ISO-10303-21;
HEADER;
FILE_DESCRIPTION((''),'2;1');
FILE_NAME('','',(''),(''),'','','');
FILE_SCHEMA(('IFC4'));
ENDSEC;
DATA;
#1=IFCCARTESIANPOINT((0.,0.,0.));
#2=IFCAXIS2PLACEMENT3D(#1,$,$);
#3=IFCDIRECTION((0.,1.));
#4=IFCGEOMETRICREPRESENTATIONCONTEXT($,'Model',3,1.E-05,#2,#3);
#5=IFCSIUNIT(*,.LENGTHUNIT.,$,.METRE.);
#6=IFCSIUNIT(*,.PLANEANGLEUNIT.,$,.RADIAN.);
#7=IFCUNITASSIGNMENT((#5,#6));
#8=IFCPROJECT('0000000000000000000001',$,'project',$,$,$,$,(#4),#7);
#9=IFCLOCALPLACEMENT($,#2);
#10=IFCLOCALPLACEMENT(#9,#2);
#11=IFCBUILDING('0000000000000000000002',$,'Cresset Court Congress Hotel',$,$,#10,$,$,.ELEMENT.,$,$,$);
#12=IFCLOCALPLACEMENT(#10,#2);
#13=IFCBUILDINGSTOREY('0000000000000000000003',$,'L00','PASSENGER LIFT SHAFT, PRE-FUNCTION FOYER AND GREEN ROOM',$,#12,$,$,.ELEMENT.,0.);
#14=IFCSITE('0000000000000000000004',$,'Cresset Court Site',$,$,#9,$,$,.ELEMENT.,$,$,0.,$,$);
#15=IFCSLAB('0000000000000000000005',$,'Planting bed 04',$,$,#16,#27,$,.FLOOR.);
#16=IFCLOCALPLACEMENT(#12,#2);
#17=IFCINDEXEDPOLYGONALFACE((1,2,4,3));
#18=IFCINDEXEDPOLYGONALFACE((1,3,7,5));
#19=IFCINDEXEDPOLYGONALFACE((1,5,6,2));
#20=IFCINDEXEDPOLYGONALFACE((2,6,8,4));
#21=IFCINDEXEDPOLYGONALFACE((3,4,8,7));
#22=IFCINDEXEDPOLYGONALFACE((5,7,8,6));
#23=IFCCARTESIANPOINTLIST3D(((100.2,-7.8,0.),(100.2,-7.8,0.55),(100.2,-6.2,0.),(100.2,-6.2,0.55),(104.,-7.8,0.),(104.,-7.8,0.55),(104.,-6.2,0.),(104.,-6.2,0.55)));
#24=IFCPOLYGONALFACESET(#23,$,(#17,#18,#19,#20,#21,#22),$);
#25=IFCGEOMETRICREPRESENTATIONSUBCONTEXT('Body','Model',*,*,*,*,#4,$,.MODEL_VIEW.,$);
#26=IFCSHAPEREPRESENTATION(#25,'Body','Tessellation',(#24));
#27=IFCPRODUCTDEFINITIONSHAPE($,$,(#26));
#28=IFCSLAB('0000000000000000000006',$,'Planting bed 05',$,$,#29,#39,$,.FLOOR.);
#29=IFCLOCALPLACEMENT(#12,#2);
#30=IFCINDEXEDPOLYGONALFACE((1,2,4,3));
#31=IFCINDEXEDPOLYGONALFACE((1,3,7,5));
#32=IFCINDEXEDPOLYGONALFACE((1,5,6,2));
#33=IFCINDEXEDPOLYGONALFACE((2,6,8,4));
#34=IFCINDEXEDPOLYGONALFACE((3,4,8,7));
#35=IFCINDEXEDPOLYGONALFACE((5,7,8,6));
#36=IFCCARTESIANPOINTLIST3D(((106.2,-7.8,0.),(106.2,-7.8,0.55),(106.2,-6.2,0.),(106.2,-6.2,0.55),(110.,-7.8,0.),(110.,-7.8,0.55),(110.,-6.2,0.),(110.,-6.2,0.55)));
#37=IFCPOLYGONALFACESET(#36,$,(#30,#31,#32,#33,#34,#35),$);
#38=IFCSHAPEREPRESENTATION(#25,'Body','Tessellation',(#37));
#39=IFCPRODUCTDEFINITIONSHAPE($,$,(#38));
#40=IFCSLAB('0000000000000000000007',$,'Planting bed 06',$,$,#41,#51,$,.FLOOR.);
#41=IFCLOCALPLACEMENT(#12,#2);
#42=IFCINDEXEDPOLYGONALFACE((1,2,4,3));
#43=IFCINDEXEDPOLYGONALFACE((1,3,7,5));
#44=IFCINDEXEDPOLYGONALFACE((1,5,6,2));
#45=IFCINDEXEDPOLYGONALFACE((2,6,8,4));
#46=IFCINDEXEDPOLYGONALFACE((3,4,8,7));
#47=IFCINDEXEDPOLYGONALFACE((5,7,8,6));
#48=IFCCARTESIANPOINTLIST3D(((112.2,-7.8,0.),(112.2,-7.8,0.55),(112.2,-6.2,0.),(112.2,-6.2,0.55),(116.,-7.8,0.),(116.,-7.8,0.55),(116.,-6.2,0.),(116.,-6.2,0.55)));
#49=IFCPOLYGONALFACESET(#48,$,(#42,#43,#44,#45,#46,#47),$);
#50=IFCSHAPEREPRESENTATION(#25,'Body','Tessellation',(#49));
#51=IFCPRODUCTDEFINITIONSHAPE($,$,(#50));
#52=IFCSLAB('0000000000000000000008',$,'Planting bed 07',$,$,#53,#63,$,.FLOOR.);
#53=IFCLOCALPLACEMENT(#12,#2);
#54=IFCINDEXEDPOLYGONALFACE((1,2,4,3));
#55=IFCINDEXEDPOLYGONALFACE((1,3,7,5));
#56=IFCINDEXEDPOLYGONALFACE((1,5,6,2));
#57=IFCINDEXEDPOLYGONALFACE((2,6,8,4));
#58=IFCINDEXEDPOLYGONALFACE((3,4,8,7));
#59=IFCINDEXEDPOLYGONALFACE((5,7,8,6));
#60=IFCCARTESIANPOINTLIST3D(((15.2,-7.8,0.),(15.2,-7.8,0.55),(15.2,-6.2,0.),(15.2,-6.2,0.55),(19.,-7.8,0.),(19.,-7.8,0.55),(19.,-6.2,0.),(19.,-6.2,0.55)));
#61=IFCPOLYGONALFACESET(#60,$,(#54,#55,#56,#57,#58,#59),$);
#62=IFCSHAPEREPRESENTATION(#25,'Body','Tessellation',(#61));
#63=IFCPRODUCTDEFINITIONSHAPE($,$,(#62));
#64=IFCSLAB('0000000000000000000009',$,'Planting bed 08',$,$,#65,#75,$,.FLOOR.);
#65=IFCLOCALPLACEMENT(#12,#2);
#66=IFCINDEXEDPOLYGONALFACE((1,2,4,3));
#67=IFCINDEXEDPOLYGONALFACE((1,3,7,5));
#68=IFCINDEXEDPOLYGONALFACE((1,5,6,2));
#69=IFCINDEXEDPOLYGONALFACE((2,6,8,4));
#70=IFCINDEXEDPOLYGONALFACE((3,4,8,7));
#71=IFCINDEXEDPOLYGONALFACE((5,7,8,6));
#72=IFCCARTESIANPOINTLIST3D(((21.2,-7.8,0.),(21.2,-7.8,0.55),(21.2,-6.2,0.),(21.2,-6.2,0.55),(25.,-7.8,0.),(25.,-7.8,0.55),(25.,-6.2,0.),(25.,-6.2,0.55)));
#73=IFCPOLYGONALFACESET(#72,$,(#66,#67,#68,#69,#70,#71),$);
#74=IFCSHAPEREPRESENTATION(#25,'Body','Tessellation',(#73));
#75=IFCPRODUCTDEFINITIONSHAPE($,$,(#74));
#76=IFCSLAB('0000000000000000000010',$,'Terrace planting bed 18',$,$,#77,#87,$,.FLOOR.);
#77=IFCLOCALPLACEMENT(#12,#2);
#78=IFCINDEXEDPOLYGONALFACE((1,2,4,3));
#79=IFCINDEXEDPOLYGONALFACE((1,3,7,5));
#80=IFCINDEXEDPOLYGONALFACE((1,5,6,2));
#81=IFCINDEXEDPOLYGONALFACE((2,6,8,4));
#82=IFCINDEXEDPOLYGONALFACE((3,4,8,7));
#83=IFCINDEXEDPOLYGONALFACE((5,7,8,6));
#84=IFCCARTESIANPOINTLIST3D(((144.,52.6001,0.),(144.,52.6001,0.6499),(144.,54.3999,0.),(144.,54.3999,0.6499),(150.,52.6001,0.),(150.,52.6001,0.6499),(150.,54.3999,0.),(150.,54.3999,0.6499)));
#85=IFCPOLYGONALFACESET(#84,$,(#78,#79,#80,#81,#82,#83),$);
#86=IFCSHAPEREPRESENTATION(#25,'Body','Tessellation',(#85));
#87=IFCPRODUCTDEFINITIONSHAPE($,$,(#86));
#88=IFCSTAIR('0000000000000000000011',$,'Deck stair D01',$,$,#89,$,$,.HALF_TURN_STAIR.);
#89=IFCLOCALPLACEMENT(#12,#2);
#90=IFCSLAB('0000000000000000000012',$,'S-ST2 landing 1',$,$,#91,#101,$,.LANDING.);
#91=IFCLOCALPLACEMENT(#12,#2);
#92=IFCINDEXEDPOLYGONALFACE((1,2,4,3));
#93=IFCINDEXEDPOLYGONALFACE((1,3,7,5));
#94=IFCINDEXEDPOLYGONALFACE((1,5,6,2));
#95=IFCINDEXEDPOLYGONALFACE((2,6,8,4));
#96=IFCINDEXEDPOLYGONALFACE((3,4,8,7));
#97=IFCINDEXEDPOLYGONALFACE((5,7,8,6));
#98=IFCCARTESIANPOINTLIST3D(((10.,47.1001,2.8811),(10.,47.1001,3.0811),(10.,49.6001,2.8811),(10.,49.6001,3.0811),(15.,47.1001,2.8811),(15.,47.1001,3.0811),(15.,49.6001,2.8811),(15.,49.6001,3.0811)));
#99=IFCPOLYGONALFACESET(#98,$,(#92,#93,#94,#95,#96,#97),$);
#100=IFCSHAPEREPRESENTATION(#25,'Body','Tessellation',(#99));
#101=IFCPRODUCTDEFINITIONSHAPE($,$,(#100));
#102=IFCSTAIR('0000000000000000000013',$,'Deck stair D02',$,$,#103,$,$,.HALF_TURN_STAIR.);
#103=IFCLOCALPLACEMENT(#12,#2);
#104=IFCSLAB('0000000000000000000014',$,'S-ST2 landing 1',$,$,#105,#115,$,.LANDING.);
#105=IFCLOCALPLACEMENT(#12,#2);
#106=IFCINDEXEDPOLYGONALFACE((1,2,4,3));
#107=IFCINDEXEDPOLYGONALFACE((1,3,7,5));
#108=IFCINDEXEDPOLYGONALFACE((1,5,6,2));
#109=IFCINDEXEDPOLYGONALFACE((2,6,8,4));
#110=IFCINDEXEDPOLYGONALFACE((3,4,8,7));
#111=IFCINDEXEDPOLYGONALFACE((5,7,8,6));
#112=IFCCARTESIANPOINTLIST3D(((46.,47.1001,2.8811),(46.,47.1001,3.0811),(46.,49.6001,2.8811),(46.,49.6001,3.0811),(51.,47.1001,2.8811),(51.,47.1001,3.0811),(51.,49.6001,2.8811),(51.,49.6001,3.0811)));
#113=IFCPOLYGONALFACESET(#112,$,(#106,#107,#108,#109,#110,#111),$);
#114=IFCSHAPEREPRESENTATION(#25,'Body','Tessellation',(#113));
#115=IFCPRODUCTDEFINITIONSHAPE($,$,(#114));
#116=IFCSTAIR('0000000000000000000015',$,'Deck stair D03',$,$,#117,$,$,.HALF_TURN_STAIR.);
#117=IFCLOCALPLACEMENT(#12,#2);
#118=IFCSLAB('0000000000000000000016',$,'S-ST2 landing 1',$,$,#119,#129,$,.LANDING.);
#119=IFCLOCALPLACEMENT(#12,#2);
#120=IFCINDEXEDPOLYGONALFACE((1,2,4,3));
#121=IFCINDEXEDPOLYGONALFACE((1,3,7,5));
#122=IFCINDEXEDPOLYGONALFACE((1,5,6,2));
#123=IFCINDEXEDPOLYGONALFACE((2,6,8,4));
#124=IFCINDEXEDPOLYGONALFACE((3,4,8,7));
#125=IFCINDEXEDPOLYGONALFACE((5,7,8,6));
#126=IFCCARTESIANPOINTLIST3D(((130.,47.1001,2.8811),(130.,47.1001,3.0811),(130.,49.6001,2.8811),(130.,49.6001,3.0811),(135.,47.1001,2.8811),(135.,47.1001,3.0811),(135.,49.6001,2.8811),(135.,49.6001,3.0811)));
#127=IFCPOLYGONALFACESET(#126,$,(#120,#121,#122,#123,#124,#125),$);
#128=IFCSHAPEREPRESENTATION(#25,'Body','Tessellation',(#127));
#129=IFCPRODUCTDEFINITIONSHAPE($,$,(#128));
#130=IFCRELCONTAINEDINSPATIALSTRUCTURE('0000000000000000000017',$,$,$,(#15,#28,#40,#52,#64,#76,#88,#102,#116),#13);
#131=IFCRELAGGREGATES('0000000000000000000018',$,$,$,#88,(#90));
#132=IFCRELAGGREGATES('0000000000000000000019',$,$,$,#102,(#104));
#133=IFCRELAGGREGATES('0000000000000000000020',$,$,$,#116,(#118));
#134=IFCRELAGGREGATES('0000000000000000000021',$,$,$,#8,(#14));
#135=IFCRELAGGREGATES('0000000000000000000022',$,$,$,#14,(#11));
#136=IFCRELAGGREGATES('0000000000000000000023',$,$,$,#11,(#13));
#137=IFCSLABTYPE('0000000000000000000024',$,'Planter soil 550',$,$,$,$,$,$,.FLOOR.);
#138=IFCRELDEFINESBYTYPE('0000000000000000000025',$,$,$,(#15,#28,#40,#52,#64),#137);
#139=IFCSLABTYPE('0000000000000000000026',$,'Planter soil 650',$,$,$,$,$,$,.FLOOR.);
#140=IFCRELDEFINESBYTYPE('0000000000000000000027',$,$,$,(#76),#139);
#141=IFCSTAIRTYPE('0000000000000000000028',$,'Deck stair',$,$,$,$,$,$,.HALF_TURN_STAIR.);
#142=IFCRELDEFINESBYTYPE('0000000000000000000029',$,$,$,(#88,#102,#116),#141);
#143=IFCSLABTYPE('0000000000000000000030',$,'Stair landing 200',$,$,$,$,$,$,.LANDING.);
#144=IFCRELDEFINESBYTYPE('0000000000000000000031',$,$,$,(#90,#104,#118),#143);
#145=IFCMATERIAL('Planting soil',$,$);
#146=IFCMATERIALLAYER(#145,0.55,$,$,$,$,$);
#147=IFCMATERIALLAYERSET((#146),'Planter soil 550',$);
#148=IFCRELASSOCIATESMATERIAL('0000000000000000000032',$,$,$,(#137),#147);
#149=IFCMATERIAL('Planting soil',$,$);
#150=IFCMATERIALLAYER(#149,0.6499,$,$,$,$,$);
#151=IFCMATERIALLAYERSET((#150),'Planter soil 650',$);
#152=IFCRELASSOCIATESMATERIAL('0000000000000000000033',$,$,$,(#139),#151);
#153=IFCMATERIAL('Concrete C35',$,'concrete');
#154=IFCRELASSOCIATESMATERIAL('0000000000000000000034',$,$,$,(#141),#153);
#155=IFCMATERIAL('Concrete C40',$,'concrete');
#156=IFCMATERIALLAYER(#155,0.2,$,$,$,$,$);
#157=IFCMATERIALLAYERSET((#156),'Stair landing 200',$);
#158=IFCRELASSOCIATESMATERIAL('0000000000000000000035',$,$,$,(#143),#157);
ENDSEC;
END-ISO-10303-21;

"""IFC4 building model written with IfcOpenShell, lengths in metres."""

from ifc_helpers import new_model, si_unit, direction, frame, origin, place, context, subcontext, project, spatial, polyline, outline, extrude, material, layer, layer_set, type_object, element, aggregate, save


model = new_model("IFC4")

# Units and contexts
model_context = context("Model", 3, precision=1e-05, world=origin(), true_north=direction((0.0, 1.0)))
body_context = subcontext(model_context, "Body", "Model", "MODEL_VIEW")
ifc_project = project(units=[si_unit("LENGTHUNIT", "METRE"), si_unit("PLANEANGLEUNIT", "RADIAN")], contexts=[model_context])

# Site, building, storey
site_placement = place(None, origin())
site = spatial("IfcSite", under=ifc_project, at=site_placement, Name="Cresset Court Site", CompositionType="ELEMENT", RefElevation=0.0)
building_placement = place(site_placement, origin())
building = spatial("IfcBuilding", under=site, at=building_placement, Name="Cresset Court Congress Hotel", CompositionType="ELEMENT")
storey_placement = place(building_placement, origin())
storey = spatial("IfcBuildingStorey", under=building, at=storey_placement, Name="L00", Description="PASSENGER LIFT SHAFT, PRE-FUNCTION FOYER AND GREEN ROOM", CompositionType="ELEMENT", Elevation=0.0)

# Slabs
ifc_material_1 = material(Name="Planting soil")
ifc_layer_1 = layer(ifc_material_1, 0.55)
ifc_layer_set_1 = layer_set([ifc_layer_1], Name="Planter soil 550")
slab_type_1 = type_object("IfcSlabType", Name="Planter soil 550", PredefinedType="FLOOR", material=ifc_layer_set_1)
slab_1_placement = place(storey_placement, origin())
element("IfcSlab", 1, at=slab_1_placement, inside=storey, type_object=slab_type_1, Name="Planting bed 04", PredefinedType="FLOOR", context=body_context, shape_type="SweptSolid", body=[
    extrude(outline(polyline([(100.2, -7.8), (104.0, -7.8), (104.0, -6.2), (100.2, -6.2), (100.2, -7.8)])), origin(), (0.0, 0.0, 1.0), 0.55),
])
slab_2_placement = place(storey_placement, origin())
element("IfcSlab", 2, at=slab_2_placement, inside=storey, type_object=slab_type_1, Name="Planting bed 05", PredefinedType="FLOOR", context=body_context, shape_type="SweptSolid", body=[
    extrude(outline(polyline([(106.2, -7.8), (110.0, -7.8), (110.0, -6.2), (106.2, -6.2), (106.2, -7.8)])), origin(), (0.0, 0.0, 1.0), 0.55),
])
slab_3_placement = place(storey_placement, origin())
element("IfcSlab", 3, at=slab_3_placement, inside=storey, type_object=slab_type_1, Name="Planting bed 06", PredefinedType="FLOOR", context=body_context, shape_type="SweptSolid", body=[
    extrude(outline(polyline([(112.2, -7.8), (116.0, -7.8), (116.0, -6.2), (112.2, -6.2), (112.2, -7.8)])), origin(), (0.0, 0.0, 1.0), 0.55),
])
slab_4_placement = place(storey_placement, origin())
element("IfcSlab", 4, at=slab_4_placement, inside=storey, type_object=slab_type_1, Name="Planting bed 07", PredefinedType="FLOOR", context=body_context, shape_type="SweptSolid", body=[
    extrude(outline(polyline([(15.2, -7.8), (19.0, -7.8), (19.0, -6.2), (15.2, -6.2), (15.2, -7.8)])), origin(), (0.0, 0.0, 1.0), 0.55),
])
slab_5_placement = place(storey_placement, origin())
element("IfcSlab", 5, at=slab_5_placement, inside=storey, type_object=slab_type_1, Name="Planting bed 08", PredefinedType="FLOOR", context=body_context, shape_type="SweptSolid", body=[
    extrude(outline(polyline([(21.2, -7.8), (25.0, -7.8), (25.0, -6.2), (21.2, -6.2), (21.2, -7.8)])), origin(), (0.0, 0.0, 1.0), 0.55),
])
ifc_material_2 = material(Name="Planting soil")
ifc_layer_2 = layer(ifc_material_2, 0.6499)
ifc_layer_set_2 = layer_set([ifc_layer_2], Name="Planter soil 650")
slab_type_2 = type_object("IfcSlabType", Name="Planter soil 650", PredefinedType="FLOOR", material=ifc_layer_set_2)
slab_6_placement = place(storey_placement, origin())
element("IfcSlab", 6, at=slab_6_placement, inside=storey, type_object=slab_type_2, Name="Terrace planting bed 18", PredefinedType="FLOOR", context=body_context, shape_type="SweptSolid", body=[
    extrude(outline(polyline([(144.0, 52.6001), (150.0, 52.6001), (150.0, 54.3999), (144.0, 54.3999), (144.0, 52.6001)])), origin(), (0.0, 0.0, 1.0), 0.6499),
])

# Stairs, slabs
ifc_material_3 = material(Name="Concrete C35", Category="concrete")
stair_type = type_object("IfcStairType", Name="Deck stair", PredefinedType="HALF_TURN_STAIR", material=ifc_material_3)
stair_1_placement = place(storey_placement, origin())
stair_1 = element("IfcStair", 7, at=stair_1_placement, inside=storey, type_object=stair_type, Name="Deck stair D01", PredefinedType="HALF_TURN_STAIR")
ifc_material_4 = material(Name="Concrete C40", Category="concrete")
ifc_layer_3 = layer(ifc_material_4, 0.2)
ifc_layer_set_3 = layer_set([ifc_layer_3], Name="Stair landing 200")
slab_type_3 = type_object("IfcSlabType", Name="Stair landing 200", PredefinedType="LANDING", material=ifc_layer_set_3)
slab_7_placement = place(storey_placement, frame((0.0, 0.0, 2.8811)))
slab_7 = element("IfcSlab", 8, at=slab_7_placement, type_object=slab_type_3, Name="S-ST2 landing 1", PredefinedType="LANDING", context=body_context, shape_type="SweptSolid", body=[
    extrude(outline(polyline([(10.0, 47.1001), (15.0, 47.1001), (15.0, 49.6001), (10.0, 49.6001), (10.0, 47.1001)])), origin(), (0.0, 0.0, 1.0), 0.2),
])
aggregate(stair_1, [slab_7])
stair_2_placement = place(storey_placement, origin())
stair_2 = element("IfcStair", 9, at=stair_2_placement, inside=storey, type_object=stair_type, Name="Deck stair D02", PredefinedType="HALF_TURN_STAIR")
slab_8_placement = place(storey_placement, frame((0.0, 0.0, 2.8811)))
slab_8 = element("IfcSlab", 10, at=slab_8_placement, type_object=slab_type_3, Name="S-ST2 landing 1", PredefinedType="LANDING", context=body_context, shape_type="SweptSolid", body=[
    extrude(outline(polyline([(46.0, 47.1001), (51.0, 47.1001), (51.0, 49.6001), (46.0, 49.6001), (46.0, 47.1001)])), origin(), (0.0, 0.0, 1.0), 0.2),
])
aggregate(stair_2, [slab_8])
stair_3_placement = place(storey_placement, origin())
stair_3 = element("IfcStair", 11, at=stair_3_placement, inside=storey, type_object=stair_type, Name="Deck stair D03", PredefinedType="HALF_TURN_STAIR")
slab_9_placement = place(storey_placement, frame((0.0, 0.0, 2.8811)))
slab_9 = element("IfcSlab", 12, at=slab_9_placement, type_object=slab_type_3, Name="S-ST2 landing 1", PredefinedType="LANDING", context=body_context, shape_type="SweptSolid", body=[
    extrude(outline(polyline([(130.0, 47.1001), (135.0, 47.1001), (135.0, 49.6001), (130.0, 49.6001), (130.0, 47.1001)])), origin(), (0.0, 0.0, 1.0), 0.2),
])
aggregate(stair_3, [slab_9])

save(model, "model.ifc")
